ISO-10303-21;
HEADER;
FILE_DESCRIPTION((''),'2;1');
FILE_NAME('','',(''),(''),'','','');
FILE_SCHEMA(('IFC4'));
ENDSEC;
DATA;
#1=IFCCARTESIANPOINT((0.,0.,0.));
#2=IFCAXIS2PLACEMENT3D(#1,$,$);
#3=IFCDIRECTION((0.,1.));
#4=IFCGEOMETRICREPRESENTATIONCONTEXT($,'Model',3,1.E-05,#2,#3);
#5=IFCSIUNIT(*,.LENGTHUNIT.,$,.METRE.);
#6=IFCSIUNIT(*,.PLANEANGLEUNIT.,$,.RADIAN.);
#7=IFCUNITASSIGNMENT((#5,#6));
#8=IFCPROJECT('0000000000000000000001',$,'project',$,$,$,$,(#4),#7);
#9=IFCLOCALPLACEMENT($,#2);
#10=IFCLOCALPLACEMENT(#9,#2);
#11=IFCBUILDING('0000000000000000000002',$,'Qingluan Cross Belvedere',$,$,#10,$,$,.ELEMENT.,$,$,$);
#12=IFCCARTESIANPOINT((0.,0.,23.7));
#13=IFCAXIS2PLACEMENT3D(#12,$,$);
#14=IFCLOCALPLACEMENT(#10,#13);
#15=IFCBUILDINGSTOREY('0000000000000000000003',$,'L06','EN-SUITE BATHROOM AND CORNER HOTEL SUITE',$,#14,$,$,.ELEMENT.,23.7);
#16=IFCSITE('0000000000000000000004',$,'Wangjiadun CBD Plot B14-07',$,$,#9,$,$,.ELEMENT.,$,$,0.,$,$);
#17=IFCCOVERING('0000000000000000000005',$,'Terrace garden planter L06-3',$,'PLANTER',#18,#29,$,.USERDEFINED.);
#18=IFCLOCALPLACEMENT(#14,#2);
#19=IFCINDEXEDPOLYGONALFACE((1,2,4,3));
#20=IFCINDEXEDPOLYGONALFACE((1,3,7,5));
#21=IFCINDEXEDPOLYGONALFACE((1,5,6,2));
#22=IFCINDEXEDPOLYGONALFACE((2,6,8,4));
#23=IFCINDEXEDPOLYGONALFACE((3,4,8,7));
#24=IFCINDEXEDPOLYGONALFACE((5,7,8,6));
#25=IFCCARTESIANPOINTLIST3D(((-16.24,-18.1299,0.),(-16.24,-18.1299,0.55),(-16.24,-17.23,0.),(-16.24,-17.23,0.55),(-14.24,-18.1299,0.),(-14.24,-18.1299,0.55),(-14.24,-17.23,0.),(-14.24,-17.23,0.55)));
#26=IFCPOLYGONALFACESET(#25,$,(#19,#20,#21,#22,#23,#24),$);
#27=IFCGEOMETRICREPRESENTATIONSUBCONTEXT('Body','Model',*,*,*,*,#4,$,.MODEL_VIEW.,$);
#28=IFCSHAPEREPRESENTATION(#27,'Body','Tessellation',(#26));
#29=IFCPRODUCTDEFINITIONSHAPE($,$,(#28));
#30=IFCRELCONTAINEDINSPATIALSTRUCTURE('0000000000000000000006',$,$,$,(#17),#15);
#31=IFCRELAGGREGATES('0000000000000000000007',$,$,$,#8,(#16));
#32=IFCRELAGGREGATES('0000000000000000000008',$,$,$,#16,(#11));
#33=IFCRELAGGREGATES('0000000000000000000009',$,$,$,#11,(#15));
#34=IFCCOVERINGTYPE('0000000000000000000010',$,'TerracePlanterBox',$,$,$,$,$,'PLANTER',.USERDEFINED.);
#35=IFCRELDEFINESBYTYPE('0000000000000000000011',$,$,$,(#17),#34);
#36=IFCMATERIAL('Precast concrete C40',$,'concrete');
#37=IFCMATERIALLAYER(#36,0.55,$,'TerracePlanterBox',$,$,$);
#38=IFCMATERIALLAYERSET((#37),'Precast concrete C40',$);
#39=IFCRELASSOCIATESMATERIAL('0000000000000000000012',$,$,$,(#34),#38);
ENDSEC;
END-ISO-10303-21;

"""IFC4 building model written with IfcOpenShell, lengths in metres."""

from ifc_helpers import new_model, si_unit, direction, frame, origin, origin_2d, place, context, subcontext, project, spatial, rectangle, extrude, material, layer, layer_set, type_object, element, save


model = new_model("IFC4")

# Units and contexts
model_context = context("Model", 3, precision=1e-05, world=origin(), true_north=direction((0.0, 1.0)))
body_context = subcontext(model_context, "Body", "Model", "MODEL_VIEW")
ifc_project = project(units=[si_unit("LENGTHUNIT", "METRE"), si_unit("PLANEANGLEUNIT", "RADIAN")], contexts=[model_context])

# Site, building, storey
site_placement = place(None, origin())
site = spatial("IfcSite", under=ifc_project, at=site_placement, Name="Wangjiadun CBD Plot B14-07", CompositionType="ELEMENT", RefElevation=0.0)
building_placement = place(site_placement, origin())
building = spatial("IfcBuilding", under=site, at=building_placement, Name="Qingluan Cross Belvedere", CompositionType="ELEMENT")
storey_placement = place(building_placement, frame((0.0, 0.0, 23.7)))
storey = spatial("IfcBuildingStorey", under=building, at=storey_placement, Name="L06", Description="EN-SUITE BATHROOM AND CORNER HOTEL SUITE", CompositionType="ELEMENT", Elevation=23.7)

# Covering
ifc_material_1 = material(Name="Precast concrete C40", Category="concrete")
ifc_layer_1 = layer(ifc_material_1, 0.55, Name="TerracePlanterBox")
ifc_layer_set_1 = layer_set([ifc_layer_1], Name="Precast concrete C40")
covering_type_1 = type_object("IfcCoveringType", Name="TerracePlanterBox", ElementType="PLANTER", PredefinedType="USERDEFINED", material=ifc_layer_set_1)
covering_1_placement = place(storey_placement, frame((-15.24, -17.6799, 0.0), z_axis=(0.0, 0.0, 1.0), x_axis=(1.0, 0.0, 0.0)))
element("IfcCovering", 1, at=covering_1_placement, inside=storey, type_object=covering_type_1, Name="Terrace garden planter L06-3", ObjectType="PLANTER", PredefinedType="USERDEFINED", context=body_context, shape_type="SweptSolid", body=[
    extrude(rectangle(XDim=2.0, YDim=0.8999, at=origin_2d()), origin(), (0.0, 0.0, 1.0), 0.55),
])

save(model, "model.ifc")
